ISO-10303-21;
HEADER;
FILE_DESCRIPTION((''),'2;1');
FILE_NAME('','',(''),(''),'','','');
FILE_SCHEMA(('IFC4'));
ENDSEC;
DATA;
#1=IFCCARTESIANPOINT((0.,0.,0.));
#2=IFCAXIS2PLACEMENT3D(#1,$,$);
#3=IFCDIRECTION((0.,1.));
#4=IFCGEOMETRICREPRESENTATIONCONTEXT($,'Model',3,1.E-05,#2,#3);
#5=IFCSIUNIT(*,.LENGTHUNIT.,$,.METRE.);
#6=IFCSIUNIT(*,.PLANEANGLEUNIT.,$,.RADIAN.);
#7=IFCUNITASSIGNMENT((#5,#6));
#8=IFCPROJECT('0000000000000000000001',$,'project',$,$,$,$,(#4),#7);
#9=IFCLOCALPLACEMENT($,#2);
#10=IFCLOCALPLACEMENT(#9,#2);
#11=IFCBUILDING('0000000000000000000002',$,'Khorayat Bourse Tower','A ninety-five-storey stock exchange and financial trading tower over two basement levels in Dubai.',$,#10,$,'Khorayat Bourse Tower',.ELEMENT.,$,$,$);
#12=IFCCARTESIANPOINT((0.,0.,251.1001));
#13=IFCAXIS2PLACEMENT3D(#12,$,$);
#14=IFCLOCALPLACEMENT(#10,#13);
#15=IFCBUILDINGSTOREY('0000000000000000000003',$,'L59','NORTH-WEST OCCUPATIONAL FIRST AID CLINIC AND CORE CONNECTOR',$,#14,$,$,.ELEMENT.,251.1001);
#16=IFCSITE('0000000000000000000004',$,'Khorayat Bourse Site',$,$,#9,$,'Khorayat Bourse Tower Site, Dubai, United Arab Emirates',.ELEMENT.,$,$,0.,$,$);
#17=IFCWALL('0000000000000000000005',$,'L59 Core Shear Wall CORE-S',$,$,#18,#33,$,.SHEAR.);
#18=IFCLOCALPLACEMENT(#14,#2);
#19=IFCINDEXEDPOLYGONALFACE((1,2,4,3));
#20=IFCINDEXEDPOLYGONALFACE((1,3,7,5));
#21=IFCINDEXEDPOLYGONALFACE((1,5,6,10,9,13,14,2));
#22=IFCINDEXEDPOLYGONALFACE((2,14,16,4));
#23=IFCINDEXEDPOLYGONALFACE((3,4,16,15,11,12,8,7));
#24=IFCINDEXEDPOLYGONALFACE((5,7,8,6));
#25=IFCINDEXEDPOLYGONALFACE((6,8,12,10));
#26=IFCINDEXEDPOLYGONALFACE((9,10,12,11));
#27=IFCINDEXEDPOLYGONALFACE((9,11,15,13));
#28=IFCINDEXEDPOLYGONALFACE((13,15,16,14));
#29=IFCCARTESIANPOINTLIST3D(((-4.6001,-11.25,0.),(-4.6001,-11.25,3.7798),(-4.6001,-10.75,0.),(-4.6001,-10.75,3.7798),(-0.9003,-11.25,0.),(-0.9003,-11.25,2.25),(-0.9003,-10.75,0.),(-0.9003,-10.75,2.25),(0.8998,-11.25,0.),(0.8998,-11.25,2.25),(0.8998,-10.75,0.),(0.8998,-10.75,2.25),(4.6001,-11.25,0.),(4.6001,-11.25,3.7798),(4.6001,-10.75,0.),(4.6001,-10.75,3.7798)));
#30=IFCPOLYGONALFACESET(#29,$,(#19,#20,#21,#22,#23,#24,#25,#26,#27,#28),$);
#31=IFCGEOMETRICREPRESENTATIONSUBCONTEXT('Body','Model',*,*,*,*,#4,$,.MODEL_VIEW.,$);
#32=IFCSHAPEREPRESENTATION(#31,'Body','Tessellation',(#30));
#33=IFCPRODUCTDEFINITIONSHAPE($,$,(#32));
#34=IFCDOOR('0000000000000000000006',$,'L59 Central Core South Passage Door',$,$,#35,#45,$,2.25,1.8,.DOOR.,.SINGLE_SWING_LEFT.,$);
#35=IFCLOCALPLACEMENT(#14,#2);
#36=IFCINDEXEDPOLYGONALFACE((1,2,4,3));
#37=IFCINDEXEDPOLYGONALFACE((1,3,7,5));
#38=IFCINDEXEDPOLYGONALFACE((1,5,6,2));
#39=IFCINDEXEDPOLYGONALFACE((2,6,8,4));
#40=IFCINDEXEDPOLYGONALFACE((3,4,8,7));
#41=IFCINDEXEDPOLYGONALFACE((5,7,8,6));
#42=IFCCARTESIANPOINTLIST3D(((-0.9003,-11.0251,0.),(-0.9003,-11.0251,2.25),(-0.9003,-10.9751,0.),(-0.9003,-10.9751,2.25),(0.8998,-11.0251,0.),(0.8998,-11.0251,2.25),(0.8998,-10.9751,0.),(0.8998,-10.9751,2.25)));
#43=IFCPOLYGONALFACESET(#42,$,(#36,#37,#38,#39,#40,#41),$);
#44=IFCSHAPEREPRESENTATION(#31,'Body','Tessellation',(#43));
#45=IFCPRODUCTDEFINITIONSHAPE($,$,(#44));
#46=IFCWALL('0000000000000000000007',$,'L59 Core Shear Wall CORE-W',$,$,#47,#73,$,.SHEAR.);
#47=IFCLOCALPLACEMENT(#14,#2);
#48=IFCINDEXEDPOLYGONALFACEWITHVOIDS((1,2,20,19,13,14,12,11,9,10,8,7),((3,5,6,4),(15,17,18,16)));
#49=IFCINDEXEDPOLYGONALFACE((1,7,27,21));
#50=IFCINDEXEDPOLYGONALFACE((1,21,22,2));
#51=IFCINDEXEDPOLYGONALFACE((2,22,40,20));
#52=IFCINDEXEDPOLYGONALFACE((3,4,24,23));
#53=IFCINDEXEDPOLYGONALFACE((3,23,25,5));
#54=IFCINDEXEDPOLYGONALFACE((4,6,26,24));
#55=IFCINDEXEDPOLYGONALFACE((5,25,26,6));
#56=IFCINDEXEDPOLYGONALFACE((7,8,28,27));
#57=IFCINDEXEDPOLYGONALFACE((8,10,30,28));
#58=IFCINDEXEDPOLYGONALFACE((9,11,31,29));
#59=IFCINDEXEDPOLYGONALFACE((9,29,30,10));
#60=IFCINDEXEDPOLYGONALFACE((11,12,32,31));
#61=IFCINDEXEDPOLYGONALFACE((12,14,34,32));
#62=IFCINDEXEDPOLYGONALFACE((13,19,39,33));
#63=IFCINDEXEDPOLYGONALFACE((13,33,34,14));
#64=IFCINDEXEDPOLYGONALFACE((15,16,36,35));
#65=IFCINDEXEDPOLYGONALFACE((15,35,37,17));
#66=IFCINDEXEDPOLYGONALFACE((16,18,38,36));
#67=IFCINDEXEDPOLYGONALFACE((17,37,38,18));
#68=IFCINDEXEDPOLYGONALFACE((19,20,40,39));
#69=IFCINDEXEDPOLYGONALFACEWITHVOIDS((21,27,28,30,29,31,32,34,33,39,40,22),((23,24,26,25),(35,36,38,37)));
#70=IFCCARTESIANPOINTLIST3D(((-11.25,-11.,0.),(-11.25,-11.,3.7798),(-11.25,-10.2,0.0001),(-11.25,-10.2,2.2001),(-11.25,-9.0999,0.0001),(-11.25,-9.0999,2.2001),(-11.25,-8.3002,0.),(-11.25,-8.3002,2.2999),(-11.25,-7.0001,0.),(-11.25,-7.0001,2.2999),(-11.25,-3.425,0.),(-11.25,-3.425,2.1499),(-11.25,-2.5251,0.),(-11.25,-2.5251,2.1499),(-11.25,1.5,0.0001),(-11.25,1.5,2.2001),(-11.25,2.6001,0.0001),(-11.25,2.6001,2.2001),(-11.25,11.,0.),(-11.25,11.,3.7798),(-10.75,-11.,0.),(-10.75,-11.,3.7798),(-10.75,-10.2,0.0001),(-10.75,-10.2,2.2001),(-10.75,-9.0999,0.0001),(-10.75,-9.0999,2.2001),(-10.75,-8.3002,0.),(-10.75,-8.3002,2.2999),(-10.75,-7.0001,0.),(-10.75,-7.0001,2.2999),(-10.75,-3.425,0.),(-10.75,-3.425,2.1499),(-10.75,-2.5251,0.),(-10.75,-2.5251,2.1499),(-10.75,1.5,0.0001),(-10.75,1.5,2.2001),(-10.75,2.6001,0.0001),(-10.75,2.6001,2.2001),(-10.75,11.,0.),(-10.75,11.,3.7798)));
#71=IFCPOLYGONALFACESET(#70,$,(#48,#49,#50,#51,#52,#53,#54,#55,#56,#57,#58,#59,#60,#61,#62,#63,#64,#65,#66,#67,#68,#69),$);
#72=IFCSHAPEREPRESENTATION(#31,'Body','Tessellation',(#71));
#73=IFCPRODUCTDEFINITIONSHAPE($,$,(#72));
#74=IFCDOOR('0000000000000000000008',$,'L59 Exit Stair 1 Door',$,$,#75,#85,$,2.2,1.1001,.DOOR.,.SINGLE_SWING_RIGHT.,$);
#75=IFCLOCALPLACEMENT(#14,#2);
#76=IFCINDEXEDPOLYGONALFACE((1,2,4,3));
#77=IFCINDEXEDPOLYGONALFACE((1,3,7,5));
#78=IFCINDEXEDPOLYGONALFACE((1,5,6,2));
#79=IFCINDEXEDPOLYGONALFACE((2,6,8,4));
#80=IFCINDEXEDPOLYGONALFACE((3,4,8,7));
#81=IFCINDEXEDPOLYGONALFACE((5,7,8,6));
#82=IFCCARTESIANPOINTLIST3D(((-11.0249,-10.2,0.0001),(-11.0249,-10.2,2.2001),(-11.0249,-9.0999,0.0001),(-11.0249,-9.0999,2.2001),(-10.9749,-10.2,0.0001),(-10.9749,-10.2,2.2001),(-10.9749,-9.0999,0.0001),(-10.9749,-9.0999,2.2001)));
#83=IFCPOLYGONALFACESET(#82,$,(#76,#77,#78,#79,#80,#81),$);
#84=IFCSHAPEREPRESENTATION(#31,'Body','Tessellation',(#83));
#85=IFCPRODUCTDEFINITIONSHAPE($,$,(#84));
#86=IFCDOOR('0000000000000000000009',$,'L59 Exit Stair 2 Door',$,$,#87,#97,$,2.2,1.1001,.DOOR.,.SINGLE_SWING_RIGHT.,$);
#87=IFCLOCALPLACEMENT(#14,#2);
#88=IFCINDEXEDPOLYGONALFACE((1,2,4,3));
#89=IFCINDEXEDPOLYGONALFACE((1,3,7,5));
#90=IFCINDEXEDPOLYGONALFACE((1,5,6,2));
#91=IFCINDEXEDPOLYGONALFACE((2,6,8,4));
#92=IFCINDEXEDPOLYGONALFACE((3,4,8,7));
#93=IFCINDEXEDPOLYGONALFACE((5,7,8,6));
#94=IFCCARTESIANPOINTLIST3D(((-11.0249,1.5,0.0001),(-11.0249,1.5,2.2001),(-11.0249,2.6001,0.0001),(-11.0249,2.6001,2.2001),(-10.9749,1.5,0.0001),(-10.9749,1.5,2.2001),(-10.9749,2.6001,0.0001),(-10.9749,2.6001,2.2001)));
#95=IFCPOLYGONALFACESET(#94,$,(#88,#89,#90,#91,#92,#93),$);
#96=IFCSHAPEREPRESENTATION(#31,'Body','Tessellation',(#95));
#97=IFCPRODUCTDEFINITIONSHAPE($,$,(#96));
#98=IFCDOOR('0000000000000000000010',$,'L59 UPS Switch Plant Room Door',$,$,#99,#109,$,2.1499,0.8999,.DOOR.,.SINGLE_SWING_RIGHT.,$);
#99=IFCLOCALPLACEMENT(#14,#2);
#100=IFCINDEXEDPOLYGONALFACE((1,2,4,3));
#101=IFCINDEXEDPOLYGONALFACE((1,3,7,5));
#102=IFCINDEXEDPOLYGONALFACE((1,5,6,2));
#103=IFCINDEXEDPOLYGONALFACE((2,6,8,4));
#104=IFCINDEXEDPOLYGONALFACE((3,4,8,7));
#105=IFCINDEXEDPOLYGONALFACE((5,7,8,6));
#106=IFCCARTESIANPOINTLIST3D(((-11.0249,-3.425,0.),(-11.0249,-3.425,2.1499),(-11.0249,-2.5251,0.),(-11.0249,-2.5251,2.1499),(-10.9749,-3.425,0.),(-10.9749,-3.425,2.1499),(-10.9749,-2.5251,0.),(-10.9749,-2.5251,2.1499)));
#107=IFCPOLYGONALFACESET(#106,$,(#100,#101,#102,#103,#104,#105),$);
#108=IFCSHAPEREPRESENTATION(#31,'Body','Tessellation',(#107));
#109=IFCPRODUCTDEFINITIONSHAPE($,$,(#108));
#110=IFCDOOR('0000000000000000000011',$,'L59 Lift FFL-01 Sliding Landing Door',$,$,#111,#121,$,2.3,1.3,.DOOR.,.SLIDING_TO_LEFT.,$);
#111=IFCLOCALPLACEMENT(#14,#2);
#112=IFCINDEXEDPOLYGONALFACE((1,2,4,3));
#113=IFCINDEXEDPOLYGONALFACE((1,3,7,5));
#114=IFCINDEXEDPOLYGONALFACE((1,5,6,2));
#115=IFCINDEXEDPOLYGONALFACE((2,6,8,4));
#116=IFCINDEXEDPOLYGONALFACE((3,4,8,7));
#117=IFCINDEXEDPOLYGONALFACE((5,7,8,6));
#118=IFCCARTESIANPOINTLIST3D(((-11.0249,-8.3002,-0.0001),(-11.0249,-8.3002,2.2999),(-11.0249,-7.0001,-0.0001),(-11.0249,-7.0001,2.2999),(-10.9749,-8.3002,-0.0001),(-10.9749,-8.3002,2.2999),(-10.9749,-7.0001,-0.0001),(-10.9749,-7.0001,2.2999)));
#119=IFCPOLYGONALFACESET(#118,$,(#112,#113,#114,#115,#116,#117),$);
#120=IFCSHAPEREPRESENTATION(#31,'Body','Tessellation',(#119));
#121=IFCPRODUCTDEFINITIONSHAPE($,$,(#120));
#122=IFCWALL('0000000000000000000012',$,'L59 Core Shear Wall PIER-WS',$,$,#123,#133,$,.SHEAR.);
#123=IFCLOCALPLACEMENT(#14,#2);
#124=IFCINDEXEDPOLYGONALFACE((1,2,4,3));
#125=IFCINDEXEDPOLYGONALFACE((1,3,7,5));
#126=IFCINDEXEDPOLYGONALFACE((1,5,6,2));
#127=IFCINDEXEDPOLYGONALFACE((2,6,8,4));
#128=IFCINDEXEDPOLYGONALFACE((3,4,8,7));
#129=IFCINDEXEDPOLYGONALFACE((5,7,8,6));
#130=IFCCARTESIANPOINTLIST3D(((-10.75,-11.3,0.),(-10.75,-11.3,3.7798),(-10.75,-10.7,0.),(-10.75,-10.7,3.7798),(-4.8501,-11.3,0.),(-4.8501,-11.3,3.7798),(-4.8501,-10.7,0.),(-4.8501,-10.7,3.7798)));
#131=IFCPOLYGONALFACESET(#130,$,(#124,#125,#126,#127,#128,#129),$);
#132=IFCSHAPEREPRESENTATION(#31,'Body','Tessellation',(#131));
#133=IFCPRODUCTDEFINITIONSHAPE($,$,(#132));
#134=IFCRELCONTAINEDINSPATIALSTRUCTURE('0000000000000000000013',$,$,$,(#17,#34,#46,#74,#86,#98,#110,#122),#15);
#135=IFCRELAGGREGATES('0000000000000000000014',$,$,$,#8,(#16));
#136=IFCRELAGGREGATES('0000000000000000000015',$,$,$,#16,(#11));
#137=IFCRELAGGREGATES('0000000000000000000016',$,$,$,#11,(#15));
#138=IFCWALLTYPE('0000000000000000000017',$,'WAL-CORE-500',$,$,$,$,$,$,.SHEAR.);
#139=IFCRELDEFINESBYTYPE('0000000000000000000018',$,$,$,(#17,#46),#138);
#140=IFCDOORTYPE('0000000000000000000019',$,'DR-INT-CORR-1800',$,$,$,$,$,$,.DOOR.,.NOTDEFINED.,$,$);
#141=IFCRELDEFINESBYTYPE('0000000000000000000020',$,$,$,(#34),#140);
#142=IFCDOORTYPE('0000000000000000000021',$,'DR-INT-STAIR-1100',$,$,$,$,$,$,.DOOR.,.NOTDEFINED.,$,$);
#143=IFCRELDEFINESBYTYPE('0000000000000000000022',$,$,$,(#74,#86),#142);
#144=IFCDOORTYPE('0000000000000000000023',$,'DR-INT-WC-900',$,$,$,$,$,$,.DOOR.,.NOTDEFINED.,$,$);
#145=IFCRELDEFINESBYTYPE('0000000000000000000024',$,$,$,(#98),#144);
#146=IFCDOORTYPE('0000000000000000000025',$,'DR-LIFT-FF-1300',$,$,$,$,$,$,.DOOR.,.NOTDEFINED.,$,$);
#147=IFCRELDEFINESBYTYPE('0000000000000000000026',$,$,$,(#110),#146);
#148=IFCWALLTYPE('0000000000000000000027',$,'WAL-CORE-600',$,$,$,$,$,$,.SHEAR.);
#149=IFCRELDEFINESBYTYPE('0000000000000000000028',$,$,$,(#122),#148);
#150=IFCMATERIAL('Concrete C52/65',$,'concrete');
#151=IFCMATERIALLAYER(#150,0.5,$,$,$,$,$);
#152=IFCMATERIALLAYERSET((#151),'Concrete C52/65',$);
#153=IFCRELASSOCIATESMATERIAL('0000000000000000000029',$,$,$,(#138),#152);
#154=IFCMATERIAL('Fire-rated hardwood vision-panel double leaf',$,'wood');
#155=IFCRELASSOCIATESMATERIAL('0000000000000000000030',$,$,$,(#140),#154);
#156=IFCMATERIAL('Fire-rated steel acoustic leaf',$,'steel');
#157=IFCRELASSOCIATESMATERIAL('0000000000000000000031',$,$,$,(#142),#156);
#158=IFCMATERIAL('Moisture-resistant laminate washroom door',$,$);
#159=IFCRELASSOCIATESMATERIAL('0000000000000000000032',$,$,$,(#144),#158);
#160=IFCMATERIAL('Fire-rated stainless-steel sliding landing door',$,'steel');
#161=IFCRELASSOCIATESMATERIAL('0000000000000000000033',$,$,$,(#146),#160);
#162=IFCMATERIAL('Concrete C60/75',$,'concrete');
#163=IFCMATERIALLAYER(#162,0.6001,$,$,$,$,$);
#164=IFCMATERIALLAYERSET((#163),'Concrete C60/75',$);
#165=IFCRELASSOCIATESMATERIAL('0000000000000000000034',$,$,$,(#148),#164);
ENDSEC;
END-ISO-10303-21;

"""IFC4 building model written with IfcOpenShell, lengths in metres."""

from ifc_helpers import new_model, si_unit, direction, frame, frame_2d, origin, place, context, subcontext, project, spatial, rectangle, extrude, source, transform, mapped, material, layer, layer_set, type_object, element, fill, save


model = new_model("IFC4")

# Units and contexts
model_context = context("Model", 3, precision=1e-05, world=origin(), true_north=direction((0.0, 1.0)))
body_context = subcontext(model_context, "Body", "Model", "MODEL_VIEW")
ifc_project = project(units=[si_unit("LENGTHUNIT", "METRE"), si_unit("PLANEANGLEUNIT", "RADIAN")], contexts=[model_context])

# Site, building, storey
site_placement = place(None, origin())
site = spatial("IfcSite", under=ifc_project, at=site_placement, Name="Khorayat Bourse Site", LongName="Khorayat Bourse Tower Site, Dubai, United Arab Emirates", CompositionType="ELEMENT", RefElevation=0.0)
building_placement = place(site_placement, origin())
building = spatial("IfcBuilding", under=site, at=building_placement, Name="Khorayat Bourse Tower", Description="A ninety-five-storey stock exchange and financial trading tower over two basement levels in Dubai.", LongName="Khorayat Bourse Tower", CompositionType="ELEMENT")
storey_placement = place(building_placement, frame((0.0, 0.0, 251.1001)))
storey = spatial("IfcBuildingStorey", under=building, at=storey_placement, Name="L59", Description="NORTH-WEST OCCUPATIONAL FIRST AID CLINIC AND CORE CONNECTOR", CompositionType="ELEMENT", Elevation=251.1001)

# Shared definitions
ifc_material_1 = material(Name="Concrete C60/75", Category="concrete")

# Wall, opening, door
ifc_material_2 = material(Name="Concrete C52/65", Category="concrete")
ifc_layer_1 = layer(ifc_material_2, 0.5)
ifc_layer_set_1 = layer_set([ifc_layer_1], Name="Concrete C52/65")
wall_type_1 = type_object("IfcWallType", Name="WAL-CORE-500", PredefinedType="SHEAR", material=ifc_layer_set_1)
shared_shape_1 = source(origin(), body_context, "Body", "SweptSolid", [
    extrude(rectangle(XDim=9.2002, YDim=0.5, at=frame_2d((4.6001, 0.0))), origin(), (0.0, 0.0, 1.0), 3.7798),
])
wall_1_placement = place(storey_placement, frame((-4.6001, -11.0, 0.0), z_axis=(0.0, 0.0, 1.0), x_axis=(1.0, 0.0, 0.0)))
wall_1 = element("IfcWall", 1, at=wall_1_placement, inside=storey, type_object=wall_type_1, Name="L59 Core Shear Wall CORE-S", PredefinedType="SHEAR", context=body_context, shape_type="MappedRepresentation", body=[
    mapped(shared_shape_1, transform((0.0, 0.0, 0.0), scale=1.0)),
])
shared_shape_2 = source(origin(), body_context, "Body", "SweptSolid", [
    extrude(rectangle(XDim=1.8, YDim=2.25, at=frame_2d((0.8999, 1.125))), frame((0.0, 0.26, 0.0), z_axis=(0.0, -1.0, 0.0), x_axis=(1.0, 0.0, 0.0)), (0.0, 0.0, 1.0), 0.52),
])
opening_1_placement = place(wall_1_placement, frame((3.7, 0.0, 0.0)))
opening_1 = element("IfcOpeningElement", 2, at=opening_1_placement, cuts=wall_1, PredefinedType="OPENING", context=body_context, shape_type="MappedRepresentation", body=[
    mapped(shared_shape_2, transform((0.0, 0.0, 0.0), scale=1.0)),
])
ifc_material_3 = material(Name="Fire-rated hardwood vision-panel double leaf", Category="wood")
door_type_1 = type_object("IfcDoorType", Name="DR-INT-CORR-1800", OperationType="NOTDEFINED", PredefinedType="DOOR", material=ifc_material_3)
shared_shape_3 = source(origin(), body_context, "Body", "SweptSolid", [
    extrude(rectangle(XDim=1.8, YDim=2.25, at=frame_2d((0.8999, 1.125))), frame((0.0, 0.0249, 0.0), z_axis=(0.0, -1.0, 0.0), x_axis=(1.0, 0.0, 0.0)), (0.0, 0.0, 1.0), 0.05),
])
door_1_placement = place(opening_1_placement, origin())
door_1 = element("IfcDoor", 3, at=door_1_placement, inside=storey, type_object=door_type_1, Name="L59 Central Core South Passage Door", OperationType="SINGLE_SWING_LEFT", OverallHeight=2.25, OverallWidth=1.8, PredefinedType="DOOR", context=body_context, shape_type="MappedRepresentation", body=[
    mapped(shared_shape_3, transform((0.0, 0.0, 0.0), scale=1.0)),
])
fill(opening_1, door_1)

# Wall, openings, doors
shared_shape_4 = source(origin(), body_context, "Body", "SweptSolid", [
    extrude(rectangle(XDim=22.0, YDim=0.5, at=frame_2d((11.0, 0.0))), origin(), (0.0, 0.0, 1.0), 3.7798),
])
wall_2_placement = place(storey_placement, frame((-11.0, -11.0, 0.0), z_axis=(0.0, 0.0, 1.0), x_axis=(0.0, 1.0, 0.0)))
wall_2 = element("IfcWall", 4, at=wall_2_placement, inside=storey, type_object=wall_type_1, Name="L59 Core Shear Wall CORE-W", PredefinedType="SHEAR", context=body_context, shape_type="MappedRepresentation", body=[
    mapped(shared_shape_4, transform((0.0, 0.0, 0.0), scale=1.0)),
])
shared_shape_5 = source(origin(), body_context, "Body", "SweptSolid", [
    extrude(rectangle(XDim=1.1001, YDim=2.2, at=frame_2d((0.55, 1.1001))), frame((0.0, 0.26, 0.0), z_axis=(0.0, -1.0, 0.0), x_axis=(1.0, 0.0, 0.0)), (0.0, 0.0, 1.0), 0.52),
])
opening_2_placement = place(wall_2_placement, frame((0.8, 0.0, 0.0)))
opening_2 = element("IfcOpeningElement", 5, at=opening_2_placement, cuts=wall_2, PredefinedType="OPENING", context=body_context, shape_type="MappedRepresentation", body=[
    mapped(shared_shape_5, transform((0.0, 0.0, 0.0), scale=1.0)),
])
opening_3_placement = place(wall_2_placement, frame((12.5, 0.0, 0.0)))
opening_3 = element("IfcOpeningElement", 6, at=opening_3_placement, cuts=wall_2, PredefinedType="OPENING", context=body_context, shape_type="MappedRepresentation", body=[
    mapped(shared_shape_5, transform((0.0, 0.0, 0.0), scale=1.0)),
])
shared_shape_6 = source(origin(), body_context, "Body", "SweptSolid", [
    extrude(rectangle(XDim=0.8999, YDim=2.1499, at=frame_2d((0.45, 1.075))), frame((0.0, 0.26, 0.0), z_axis=(0.0, -1.0, 0.0), x_axis=(1.0, 0.0, 0.0)), (0.0, 0.0, 1.0), 0.52),
])
opening_4_placement = place(wall_2_placement, frame((7.575, 0.0, 0.0)))
opening_4 = element("IfcOpeningElement", 7, at=opening_4_placement, cuts=wall_2, PredefinedType="OPENING", context=body_context, shape_type="MappedRepresentation", body=[
    mapped(shared_shape_6, transform((0.0, 0.0, 0.0), scale=1.0)),
])
shared_shape_7 = source(origin(), body_context, "Body", "SweptSolid", [
    extrude(rectangle(XDim=1.3, YDim=2.3, at=frame_2d((0.6499, 1.1499))), frame((0.0, 0.26, 0.0), z_axis=(0.0, -1.0, 0.0), x_axis=(1.0, 0.0, 0.0)), (0.0, 0.0, 1.0), 0.52),
])
opening_5_placement = place(wall_2_placement, frame((2.7, 0.0, 0.0)))
opening_5 = element("IfcOpeningElement", 8, at=opening_5_placement, cuts=wall_2, PredefinedType="OPENING", context=body_context, shape_type="MappedRepresentation", body=[
    mapped(shared_shape_7, transform((0.0, 0.0, 0.0), scale=1.0)),
])
ifc_material_4 = material(Name="Fire-rated steel acoustic leaf", Category="steel")
door_type_2 = type_object("IfcDoorType", Name="DR-INT-STAIR-1100", OperationType="NOTDEFINED", PredefinedType="DOOR", material=ifc_material_4)
shared_shape_8 = source(origin(), body_context, "Body", "SweptSolid", [
    extrude(rectangle(XDim=1.1001, YDim=2.2, at=frame_2d((0.55, 1.1001))), frame((0.0, 0.0249, 0.0), z_axis=(0.0, -1.0, 0.0), x_axis=(1.0, 0.0, 0.0)), (0.0, 0.0, 1.0), 0.05),
])
door_2_placement = place(opening_2_placement, origin())
door_2 = element("IfcDoor", 9, at=door_2_placement, inside=storey, type_object=door_type_2, Name="L59 Exit Stair 1 Door", OperationType="SINGLE_SWING_RIGHT", OverallHeight=2.2, OverallWidth=1.1001, PredefinedType="DOOR", context=body_context, shape_type="MappedRepresentation", body=[
    mapped(shared_shape_8, transform((0.0, 0.0, 0.0), scale=1.0)),
])
fill(opening_2, door_2)
door_3_placement = place(opening_3_placement, origin())
door_3 = element("IfcDoor", 10, at=door_3_placement, inside=storey, type_object=door_type_2, Name="L59 Exit Stair 2 Door", OperationType="SINGLE_SWING_RIGHT", OverallHeight=2.2, OverallWidth=1.1001, PredefinedType="DOOR", context=body_context, shape_type="MappedRepresentation", body=[
    mapped(shared_shape_8, transform((0.0, 0.0, 0.0), scale=1.0)),
])
fill(opening_3, door_3)
ifc_material_5 = material(Name="Moisture-resistant laminate washroom door")
door_type_3 = type_object("IfcDoorType", Name="DR-INT-WC-900", OperationType="NOTDEFINED", PredefinedType="DOOR", material=ifc_material_5)
shared_shape_9 = source(origin(), body_context, "Body", "SweptSolid", [
    extrude(rectangle(XDim=0.8999, YDim=2.1499, at=frame_2d((0.45, 1.075))), frame((0.0, 0.0249, 0.0), z_axis=(0.0, -1.0, 0.0), x_axis=(1.0, 0.0, 0.0)), (0.0, 0.0, 1.0), 0.05),
])
door_4_placement = place(opening_4_placement, origin())
door_4 = element("IfcDoor", 11, at=door_4_placement, inside=storey, type_object=door_type_3, Name="L59 UPS Switch Plant Room Door", OperationType="SINGLE_SWING_RIGHT", OverallHeight=2.1499, OverallWidth=0.8999, PredefinedType="DOOR", context=body_context, shape_type="MappedRepresentation", body=[
    mapped(shared_shape_9, transform((0.0, 0.0, 0.0), scale=1.0)),
])
fill(opening_4, door_4)
ifc_material_6 = material(Name="Fire-rated stainless-steel sliding landing door", Category="steel")
door_type_4 = type_object("IfcDoorType", Name="DR-LIFT-FF-1300", OperationType="NOTDEFINED", PredefinedType="DOOR", material=ifc_material_6)
shared_shape_10 = source(origin(), body_context, "Body", "SweptSolid", [
    extrude(rectangle(XDim=1.3, YDim=2.3, at=frame_2d((0.6499, 1.1499))), frame((0.0, 0.0249, 0.0), z_axis=(0.0, -1.0, 0.0), x_axis=(1.0, 0.0, 0.0)), (0.0, 0.0, 1.0), 0.05),
])
door_5_placement = place(opening_5_placement, origin())
door_5 = element("IfcDoor", 12, at=door_5_placement, inside=storey, type_object=door_type_4, Name="L59 Lift FFL-01 Sliding Landing Door", OperationType="SLIDING_TO_LEFT", OverallHeight=2.3, OverallWidth=1.3, PredefinedType="DOOR", context=body_context, shape_type="MappedRepresentation", body=[
    mapped(shared_shape_10, transform((0.0, 0.0, 0.0), scale=1.0)),
])
fill(opening_5, door_5)

# Wall
ifc_layer_2 = layer(ifc_material_1, 0.6001)
ifc_layer_set_2 = layer_set([ifc_layer_2], Name="Concrete C60/75")
wall_type_2 = type_object("IfcWallType", Name="WAL-CORE-600", PredefinedType="SHEAR", material=ifc_layer_set_2)
shared_shape_11 = source(origin(), body_context, "Body", "SweptSolid", [
    extrude(rectangle(XDim=5.8999, YDim=0.6001, at=frame_2d((2.95, 0.0))), origin(), (0.0, 0.0, 1.0), 3.7798),
])
wall_3_placement = place(storey_placement, frame((-10.75, -11.0, 0.0), z_axis=(0.0, 0.0, 1.0), x_axis=(1.0, 0.0, 0.0)))
element("IfcWall", 13, at=wall_3_placement, inside=storey, type_object=wall_type_2, Name="L59 Core Shear Wall PIER-WS", PredefinedType="SHEAR", context=body_context, shape_type="MappedRepresentation", body=[
    mapped(shared_shape_11, transform((0.0, 0.0, 0.0), scale=1.0)),
])

save(model, "model.ifc")
